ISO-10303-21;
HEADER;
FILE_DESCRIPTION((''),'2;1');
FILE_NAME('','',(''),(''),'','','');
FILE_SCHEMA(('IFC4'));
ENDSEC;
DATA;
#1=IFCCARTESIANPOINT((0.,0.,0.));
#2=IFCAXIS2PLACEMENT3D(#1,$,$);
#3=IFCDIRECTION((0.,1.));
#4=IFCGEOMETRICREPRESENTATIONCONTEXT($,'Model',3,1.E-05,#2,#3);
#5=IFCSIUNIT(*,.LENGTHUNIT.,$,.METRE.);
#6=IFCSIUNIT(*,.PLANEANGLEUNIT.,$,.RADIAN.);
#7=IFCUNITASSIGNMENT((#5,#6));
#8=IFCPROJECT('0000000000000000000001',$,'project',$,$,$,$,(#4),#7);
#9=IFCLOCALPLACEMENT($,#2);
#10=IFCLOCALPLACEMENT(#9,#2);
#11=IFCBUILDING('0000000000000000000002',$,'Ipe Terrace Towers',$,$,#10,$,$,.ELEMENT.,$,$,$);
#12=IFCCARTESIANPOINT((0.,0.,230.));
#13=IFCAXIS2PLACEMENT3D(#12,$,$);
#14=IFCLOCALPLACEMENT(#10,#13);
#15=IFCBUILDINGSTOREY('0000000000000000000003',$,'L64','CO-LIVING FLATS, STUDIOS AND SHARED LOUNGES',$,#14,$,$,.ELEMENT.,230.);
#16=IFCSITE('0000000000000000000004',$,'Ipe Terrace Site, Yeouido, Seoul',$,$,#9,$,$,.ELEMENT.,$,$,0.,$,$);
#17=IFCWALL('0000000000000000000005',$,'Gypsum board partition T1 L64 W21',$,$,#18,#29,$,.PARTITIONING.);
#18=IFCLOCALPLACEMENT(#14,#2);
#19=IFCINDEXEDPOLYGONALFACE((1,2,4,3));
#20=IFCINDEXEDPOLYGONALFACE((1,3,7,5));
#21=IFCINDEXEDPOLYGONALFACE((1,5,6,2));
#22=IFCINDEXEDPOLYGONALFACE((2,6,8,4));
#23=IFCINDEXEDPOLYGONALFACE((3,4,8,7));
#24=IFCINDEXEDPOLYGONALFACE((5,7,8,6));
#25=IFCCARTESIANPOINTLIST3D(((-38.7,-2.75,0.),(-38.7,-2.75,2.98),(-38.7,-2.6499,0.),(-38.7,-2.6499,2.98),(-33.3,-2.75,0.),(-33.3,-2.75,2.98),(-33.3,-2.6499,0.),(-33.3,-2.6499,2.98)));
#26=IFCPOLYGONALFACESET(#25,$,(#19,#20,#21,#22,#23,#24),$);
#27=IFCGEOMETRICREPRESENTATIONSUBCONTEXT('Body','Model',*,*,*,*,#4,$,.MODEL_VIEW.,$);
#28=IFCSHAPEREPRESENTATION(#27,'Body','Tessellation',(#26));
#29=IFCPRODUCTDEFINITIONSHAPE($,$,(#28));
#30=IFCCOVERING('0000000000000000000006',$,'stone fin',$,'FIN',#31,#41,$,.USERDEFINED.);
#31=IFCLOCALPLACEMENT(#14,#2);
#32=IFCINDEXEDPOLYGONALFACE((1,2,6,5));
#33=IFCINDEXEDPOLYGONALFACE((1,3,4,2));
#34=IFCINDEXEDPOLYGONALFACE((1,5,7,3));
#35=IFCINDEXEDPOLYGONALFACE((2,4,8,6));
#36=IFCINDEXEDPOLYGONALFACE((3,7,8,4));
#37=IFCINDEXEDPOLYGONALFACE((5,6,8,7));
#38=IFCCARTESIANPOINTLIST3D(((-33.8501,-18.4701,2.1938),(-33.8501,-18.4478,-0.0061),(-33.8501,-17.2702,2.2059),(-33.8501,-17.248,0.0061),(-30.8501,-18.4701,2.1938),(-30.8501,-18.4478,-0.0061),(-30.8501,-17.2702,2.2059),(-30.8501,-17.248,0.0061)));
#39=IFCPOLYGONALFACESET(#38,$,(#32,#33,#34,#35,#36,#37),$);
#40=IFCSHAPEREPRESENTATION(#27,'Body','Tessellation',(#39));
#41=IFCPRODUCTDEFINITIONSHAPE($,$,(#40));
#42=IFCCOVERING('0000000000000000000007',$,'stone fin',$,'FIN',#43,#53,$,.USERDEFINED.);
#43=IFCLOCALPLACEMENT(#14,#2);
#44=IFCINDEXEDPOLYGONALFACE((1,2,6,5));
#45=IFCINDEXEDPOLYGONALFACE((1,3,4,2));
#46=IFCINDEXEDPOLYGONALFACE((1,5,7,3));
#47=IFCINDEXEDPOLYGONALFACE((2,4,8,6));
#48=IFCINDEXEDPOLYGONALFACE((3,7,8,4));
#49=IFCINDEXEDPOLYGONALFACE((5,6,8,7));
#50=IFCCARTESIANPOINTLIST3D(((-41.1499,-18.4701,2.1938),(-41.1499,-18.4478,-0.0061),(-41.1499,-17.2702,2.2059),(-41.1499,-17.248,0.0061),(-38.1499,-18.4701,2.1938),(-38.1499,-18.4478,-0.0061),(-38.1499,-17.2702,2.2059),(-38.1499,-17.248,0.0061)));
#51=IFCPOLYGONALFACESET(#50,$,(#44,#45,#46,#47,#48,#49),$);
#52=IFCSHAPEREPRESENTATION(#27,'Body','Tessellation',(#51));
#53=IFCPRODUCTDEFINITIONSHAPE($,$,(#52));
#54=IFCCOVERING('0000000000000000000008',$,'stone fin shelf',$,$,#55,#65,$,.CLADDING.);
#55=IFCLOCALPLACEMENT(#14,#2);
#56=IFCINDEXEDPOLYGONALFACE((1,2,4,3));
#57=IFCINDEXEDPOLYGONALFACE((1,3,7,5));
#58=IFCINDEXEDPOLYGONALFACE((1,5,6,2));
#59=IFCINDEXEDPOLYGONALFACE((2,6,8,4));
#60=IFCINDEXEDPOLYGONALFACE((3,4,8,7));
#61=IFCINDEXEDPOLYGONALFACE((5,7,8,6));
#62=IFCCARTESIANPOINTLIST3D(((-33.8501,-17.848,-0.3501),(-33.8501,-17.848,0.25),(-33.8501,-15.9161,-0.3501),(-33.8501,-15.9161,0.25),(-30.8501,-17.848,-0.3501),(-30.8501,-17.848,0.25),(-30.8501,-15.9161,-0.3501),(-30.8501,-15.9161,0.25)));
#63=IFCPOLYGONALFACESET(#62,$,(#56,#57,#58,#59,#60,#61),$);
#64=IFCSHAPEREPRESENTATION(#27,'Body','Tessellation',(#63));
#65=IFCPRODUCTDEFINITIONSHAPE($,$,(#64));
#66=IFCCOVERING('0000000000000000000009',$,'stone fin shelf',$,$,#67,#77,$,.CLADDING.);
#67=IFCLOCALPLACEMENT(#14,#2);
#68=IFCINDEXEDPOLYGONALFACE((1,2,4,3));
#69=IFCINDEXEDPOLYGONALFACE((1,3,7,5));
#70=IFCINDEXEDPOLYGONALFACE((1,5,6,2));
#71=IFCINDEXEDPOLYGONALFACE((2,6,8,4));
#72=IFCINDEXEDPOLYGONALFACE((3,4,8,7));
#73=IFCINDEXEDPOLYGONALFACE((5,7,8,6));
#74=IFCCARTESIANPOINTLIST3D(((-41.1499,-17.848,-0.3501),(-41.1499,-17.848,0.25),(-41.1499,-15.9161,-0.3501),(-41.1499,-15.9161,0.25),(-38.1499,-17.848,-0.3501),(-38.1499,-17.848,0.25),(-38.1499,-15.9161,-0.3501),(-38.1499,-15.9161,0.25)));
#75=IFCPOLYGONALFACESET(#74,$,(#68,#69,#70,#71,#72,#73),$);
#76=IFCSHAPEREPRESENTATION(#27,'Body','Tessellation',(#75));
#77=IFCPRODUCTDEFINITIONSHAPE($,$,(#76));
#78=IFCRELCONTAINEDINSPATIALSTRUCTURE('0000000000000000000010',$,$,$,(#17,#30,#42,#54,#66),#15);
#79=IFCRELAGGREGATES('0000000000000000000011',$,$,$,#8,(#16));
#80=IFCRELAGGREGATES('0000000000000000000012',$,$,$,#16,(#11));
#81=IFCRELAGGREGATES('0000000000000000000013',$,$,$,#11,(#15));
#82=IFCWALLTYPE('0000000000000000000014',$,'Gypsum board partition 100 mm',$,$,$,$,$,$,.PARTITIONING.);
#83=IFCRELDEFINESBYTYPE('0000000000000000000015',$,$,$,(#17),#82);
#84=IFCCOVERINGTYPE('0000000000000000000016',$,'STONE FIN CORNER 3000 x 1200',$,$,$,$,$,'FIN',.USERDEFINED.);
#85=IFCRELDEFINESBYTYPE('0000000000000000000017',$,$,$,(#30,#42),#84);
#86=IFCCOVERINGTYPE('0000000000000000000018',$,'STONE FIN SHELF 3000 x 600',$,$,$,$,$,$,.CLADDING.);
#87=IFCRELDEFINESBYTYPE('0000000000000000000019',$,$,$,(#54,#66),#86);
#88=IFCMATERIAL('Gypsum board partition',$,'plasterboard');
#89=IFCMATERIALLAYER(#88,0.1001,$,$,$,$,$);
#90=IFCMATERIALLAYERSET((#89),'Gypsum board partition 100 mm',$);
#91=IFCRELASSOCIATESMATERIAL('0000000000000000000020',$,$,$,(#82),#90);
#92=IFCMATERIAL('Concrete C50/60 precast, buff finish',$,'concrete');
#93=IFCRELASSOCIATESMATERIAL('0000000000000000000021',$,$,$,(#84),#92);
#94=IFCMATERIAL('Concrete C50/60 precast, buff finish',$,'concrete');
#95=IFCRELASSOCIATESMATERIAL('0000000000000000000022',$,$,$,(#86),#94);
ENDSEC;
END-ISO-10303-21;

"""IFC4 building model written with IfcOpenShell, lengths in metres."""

from ifc_helpers import new_model, si_unit, direction, frame, frame_2d, origin, origin_2d, place, context, subcontext, project, spatial, rectangle, extrude, material, layer, layer_set, material_profile, profile_set, type_object, element, save


model = new_model("IFC4")

# Units and contexts
model_context = context("Model", 3, precision=1e-05, world=origin(), true_north=direction((0.0, 1.0)))
body_context = subcontext(model_context, "Body", "Model", "MODEL_VIEW")
ifc_project = project(units=[si_unit("LENGTHUNIT", "METRE"), si_unit("PLANEANGLEUNIT", "RADIAN")], contexts=[model_context])

# Site, building, storey
site_placement = place(None, origin())
site = spatial("IfcSite", under=ifc_project, at=site_placement, Name="Ipe Terrace Site, Yeouido, Seoul", CompositionType="ELEMENT", RefElevation=0.0)
building_placement = place(site_placement, origin())
building = spatial("IfcBuilding", under=site, at=building_placement, Name="Ipe Terrace Towers", CompositionType="ELEMENT")
storey_placement = place(building_placement, frame((0.0, 0.0, 230.0)))
storey = spatial("IfcBuildingStorey", under=building, at=storey_placement, Name="L64", Description="CO-LIVING FLATS, STUDIOS AND SHARED LOUNGES", CompositionType="ELEMENT", Elevation=230.0)

# Shared definitions
ifc_material_1 = material(Name="Gypsum board partition", Category="plasterboard")
ifc_layer_1 = layer(ifc_material_1, 0.1001)
ifc_layer_set_1 = layer_set([ifc_layer_1], Name="Gypsum board partition 100 mm")
wall_type_1 = type_object("IfcWallType", Name="Gypsum board partition 100 mm", PredefinedType="PARTITIONING", material=ifc_layer_set_1)

# Wall
wall_1_placement = place(storey_placement, frame((-38.7, -2.7, 0.0), z_axis=(0.0, 0.0, 1.0), x_axis=(1.0, 0.0, 0.0)))
element("IfcWall", 1, at=wall_1_placement, inside=storey, type_object=wall_type_1, Name="Gypsum board partition T1 L64 W21", PredefinedType="PARTITIONING", context=body_context, shape_type="SweptSolid", body=[
    extrude(rectangle(XDim=5.3999, YDim=0.1001, at=frame_2d((2.7, 0.0))), origin(), (0.0, 0.0, 1.0), 2.98),
])

# Coverings
ifc_material_2 = material(Name="Concrete C50/60 precast, buff finish", Category="concrete")
ifc_material_profile_1 = material_profile(ifc_material_2, rectangle(XDim=3.0, YDim=1.2, at=origin_2d()), Name="STONE FIN CORNER 3000 x 1200")
ifc_profile_set_1 = profile_set([ifc_material_profile_1], Name="Concrete C50/60 precast, buff finish")
covering_type_1 = type_object("IfcCoveringType", Name="STONE FIN CORNER 3000 x 1200", ElementType="FIN", PredefinedType="USERDEFINED", material=ifc_profile_set_1)
for number, where, z_axis, x_axis, name in (
    (2, (-32.3501, -17.8479, 0.0), (0.0, -0.010098, 0.999949), (1.0, 0.0, 0.0), "stone fin"),
    (3, (-39.6499, -17.8479, 0.0), (0.0, -0.010098, 0.999949), (1.0, 0.0, 0.0), "stone fin"),
):
    element("IfcCovering", number, at=place(storey_placement, frame(where, z_axis=z_axis, x_axis=x_axis)), inside=storey, type_object=covering_type_1, Name=name, ObjectType="FIN", PredefinedType="USERDEFINED", context=body_context, shape_type="SweptSolid", body=[
        extrude(rectangle(XDim=3.0, YDim=1.2, at=origin_2d()), origin(), (0.0, 0.0, 1.0), 2.2),
    ])
ifc_material_3 = material(Name="Concrete C50/60 precast, buff finish", Category="concrete")
covering_type_2 = type_object("IfcCoveringType", Name="STONE FIN SHELF 3000 x 600", PredefinedType="CLADDING", material=ifc_material_3)
for number, where, z_axis, x_axis, name in (
    (4, (-32.3501, -16.8821, -0.3501), (0.0, 0.0, 1.0), (1.0, 0.0, 0.0), "stone fin shelf"),
    (5, (-39.6499, -16.8821, -0.3501), (0.0, 0.0, 1.0), (1.0, 0.0, 0.0), "stone fin shelf"),
):
    element("IfcCovering", number, at=place(storey_placement, frame(where, z_axis=z_axis, x_axis=x_axis)), inside=storey, type_object=covering_type_2, Name=name, PredefinedType="CLADDING", context=body_context, shape_type="SweptSolid", body=[
        extrude(rectangle(XDim=3.0, YDim=1.9319, at=origin_2d()), origin(), (0.0, 0.0, 1.0), 0.6001),
    ])

save(model, "model.ifc")
